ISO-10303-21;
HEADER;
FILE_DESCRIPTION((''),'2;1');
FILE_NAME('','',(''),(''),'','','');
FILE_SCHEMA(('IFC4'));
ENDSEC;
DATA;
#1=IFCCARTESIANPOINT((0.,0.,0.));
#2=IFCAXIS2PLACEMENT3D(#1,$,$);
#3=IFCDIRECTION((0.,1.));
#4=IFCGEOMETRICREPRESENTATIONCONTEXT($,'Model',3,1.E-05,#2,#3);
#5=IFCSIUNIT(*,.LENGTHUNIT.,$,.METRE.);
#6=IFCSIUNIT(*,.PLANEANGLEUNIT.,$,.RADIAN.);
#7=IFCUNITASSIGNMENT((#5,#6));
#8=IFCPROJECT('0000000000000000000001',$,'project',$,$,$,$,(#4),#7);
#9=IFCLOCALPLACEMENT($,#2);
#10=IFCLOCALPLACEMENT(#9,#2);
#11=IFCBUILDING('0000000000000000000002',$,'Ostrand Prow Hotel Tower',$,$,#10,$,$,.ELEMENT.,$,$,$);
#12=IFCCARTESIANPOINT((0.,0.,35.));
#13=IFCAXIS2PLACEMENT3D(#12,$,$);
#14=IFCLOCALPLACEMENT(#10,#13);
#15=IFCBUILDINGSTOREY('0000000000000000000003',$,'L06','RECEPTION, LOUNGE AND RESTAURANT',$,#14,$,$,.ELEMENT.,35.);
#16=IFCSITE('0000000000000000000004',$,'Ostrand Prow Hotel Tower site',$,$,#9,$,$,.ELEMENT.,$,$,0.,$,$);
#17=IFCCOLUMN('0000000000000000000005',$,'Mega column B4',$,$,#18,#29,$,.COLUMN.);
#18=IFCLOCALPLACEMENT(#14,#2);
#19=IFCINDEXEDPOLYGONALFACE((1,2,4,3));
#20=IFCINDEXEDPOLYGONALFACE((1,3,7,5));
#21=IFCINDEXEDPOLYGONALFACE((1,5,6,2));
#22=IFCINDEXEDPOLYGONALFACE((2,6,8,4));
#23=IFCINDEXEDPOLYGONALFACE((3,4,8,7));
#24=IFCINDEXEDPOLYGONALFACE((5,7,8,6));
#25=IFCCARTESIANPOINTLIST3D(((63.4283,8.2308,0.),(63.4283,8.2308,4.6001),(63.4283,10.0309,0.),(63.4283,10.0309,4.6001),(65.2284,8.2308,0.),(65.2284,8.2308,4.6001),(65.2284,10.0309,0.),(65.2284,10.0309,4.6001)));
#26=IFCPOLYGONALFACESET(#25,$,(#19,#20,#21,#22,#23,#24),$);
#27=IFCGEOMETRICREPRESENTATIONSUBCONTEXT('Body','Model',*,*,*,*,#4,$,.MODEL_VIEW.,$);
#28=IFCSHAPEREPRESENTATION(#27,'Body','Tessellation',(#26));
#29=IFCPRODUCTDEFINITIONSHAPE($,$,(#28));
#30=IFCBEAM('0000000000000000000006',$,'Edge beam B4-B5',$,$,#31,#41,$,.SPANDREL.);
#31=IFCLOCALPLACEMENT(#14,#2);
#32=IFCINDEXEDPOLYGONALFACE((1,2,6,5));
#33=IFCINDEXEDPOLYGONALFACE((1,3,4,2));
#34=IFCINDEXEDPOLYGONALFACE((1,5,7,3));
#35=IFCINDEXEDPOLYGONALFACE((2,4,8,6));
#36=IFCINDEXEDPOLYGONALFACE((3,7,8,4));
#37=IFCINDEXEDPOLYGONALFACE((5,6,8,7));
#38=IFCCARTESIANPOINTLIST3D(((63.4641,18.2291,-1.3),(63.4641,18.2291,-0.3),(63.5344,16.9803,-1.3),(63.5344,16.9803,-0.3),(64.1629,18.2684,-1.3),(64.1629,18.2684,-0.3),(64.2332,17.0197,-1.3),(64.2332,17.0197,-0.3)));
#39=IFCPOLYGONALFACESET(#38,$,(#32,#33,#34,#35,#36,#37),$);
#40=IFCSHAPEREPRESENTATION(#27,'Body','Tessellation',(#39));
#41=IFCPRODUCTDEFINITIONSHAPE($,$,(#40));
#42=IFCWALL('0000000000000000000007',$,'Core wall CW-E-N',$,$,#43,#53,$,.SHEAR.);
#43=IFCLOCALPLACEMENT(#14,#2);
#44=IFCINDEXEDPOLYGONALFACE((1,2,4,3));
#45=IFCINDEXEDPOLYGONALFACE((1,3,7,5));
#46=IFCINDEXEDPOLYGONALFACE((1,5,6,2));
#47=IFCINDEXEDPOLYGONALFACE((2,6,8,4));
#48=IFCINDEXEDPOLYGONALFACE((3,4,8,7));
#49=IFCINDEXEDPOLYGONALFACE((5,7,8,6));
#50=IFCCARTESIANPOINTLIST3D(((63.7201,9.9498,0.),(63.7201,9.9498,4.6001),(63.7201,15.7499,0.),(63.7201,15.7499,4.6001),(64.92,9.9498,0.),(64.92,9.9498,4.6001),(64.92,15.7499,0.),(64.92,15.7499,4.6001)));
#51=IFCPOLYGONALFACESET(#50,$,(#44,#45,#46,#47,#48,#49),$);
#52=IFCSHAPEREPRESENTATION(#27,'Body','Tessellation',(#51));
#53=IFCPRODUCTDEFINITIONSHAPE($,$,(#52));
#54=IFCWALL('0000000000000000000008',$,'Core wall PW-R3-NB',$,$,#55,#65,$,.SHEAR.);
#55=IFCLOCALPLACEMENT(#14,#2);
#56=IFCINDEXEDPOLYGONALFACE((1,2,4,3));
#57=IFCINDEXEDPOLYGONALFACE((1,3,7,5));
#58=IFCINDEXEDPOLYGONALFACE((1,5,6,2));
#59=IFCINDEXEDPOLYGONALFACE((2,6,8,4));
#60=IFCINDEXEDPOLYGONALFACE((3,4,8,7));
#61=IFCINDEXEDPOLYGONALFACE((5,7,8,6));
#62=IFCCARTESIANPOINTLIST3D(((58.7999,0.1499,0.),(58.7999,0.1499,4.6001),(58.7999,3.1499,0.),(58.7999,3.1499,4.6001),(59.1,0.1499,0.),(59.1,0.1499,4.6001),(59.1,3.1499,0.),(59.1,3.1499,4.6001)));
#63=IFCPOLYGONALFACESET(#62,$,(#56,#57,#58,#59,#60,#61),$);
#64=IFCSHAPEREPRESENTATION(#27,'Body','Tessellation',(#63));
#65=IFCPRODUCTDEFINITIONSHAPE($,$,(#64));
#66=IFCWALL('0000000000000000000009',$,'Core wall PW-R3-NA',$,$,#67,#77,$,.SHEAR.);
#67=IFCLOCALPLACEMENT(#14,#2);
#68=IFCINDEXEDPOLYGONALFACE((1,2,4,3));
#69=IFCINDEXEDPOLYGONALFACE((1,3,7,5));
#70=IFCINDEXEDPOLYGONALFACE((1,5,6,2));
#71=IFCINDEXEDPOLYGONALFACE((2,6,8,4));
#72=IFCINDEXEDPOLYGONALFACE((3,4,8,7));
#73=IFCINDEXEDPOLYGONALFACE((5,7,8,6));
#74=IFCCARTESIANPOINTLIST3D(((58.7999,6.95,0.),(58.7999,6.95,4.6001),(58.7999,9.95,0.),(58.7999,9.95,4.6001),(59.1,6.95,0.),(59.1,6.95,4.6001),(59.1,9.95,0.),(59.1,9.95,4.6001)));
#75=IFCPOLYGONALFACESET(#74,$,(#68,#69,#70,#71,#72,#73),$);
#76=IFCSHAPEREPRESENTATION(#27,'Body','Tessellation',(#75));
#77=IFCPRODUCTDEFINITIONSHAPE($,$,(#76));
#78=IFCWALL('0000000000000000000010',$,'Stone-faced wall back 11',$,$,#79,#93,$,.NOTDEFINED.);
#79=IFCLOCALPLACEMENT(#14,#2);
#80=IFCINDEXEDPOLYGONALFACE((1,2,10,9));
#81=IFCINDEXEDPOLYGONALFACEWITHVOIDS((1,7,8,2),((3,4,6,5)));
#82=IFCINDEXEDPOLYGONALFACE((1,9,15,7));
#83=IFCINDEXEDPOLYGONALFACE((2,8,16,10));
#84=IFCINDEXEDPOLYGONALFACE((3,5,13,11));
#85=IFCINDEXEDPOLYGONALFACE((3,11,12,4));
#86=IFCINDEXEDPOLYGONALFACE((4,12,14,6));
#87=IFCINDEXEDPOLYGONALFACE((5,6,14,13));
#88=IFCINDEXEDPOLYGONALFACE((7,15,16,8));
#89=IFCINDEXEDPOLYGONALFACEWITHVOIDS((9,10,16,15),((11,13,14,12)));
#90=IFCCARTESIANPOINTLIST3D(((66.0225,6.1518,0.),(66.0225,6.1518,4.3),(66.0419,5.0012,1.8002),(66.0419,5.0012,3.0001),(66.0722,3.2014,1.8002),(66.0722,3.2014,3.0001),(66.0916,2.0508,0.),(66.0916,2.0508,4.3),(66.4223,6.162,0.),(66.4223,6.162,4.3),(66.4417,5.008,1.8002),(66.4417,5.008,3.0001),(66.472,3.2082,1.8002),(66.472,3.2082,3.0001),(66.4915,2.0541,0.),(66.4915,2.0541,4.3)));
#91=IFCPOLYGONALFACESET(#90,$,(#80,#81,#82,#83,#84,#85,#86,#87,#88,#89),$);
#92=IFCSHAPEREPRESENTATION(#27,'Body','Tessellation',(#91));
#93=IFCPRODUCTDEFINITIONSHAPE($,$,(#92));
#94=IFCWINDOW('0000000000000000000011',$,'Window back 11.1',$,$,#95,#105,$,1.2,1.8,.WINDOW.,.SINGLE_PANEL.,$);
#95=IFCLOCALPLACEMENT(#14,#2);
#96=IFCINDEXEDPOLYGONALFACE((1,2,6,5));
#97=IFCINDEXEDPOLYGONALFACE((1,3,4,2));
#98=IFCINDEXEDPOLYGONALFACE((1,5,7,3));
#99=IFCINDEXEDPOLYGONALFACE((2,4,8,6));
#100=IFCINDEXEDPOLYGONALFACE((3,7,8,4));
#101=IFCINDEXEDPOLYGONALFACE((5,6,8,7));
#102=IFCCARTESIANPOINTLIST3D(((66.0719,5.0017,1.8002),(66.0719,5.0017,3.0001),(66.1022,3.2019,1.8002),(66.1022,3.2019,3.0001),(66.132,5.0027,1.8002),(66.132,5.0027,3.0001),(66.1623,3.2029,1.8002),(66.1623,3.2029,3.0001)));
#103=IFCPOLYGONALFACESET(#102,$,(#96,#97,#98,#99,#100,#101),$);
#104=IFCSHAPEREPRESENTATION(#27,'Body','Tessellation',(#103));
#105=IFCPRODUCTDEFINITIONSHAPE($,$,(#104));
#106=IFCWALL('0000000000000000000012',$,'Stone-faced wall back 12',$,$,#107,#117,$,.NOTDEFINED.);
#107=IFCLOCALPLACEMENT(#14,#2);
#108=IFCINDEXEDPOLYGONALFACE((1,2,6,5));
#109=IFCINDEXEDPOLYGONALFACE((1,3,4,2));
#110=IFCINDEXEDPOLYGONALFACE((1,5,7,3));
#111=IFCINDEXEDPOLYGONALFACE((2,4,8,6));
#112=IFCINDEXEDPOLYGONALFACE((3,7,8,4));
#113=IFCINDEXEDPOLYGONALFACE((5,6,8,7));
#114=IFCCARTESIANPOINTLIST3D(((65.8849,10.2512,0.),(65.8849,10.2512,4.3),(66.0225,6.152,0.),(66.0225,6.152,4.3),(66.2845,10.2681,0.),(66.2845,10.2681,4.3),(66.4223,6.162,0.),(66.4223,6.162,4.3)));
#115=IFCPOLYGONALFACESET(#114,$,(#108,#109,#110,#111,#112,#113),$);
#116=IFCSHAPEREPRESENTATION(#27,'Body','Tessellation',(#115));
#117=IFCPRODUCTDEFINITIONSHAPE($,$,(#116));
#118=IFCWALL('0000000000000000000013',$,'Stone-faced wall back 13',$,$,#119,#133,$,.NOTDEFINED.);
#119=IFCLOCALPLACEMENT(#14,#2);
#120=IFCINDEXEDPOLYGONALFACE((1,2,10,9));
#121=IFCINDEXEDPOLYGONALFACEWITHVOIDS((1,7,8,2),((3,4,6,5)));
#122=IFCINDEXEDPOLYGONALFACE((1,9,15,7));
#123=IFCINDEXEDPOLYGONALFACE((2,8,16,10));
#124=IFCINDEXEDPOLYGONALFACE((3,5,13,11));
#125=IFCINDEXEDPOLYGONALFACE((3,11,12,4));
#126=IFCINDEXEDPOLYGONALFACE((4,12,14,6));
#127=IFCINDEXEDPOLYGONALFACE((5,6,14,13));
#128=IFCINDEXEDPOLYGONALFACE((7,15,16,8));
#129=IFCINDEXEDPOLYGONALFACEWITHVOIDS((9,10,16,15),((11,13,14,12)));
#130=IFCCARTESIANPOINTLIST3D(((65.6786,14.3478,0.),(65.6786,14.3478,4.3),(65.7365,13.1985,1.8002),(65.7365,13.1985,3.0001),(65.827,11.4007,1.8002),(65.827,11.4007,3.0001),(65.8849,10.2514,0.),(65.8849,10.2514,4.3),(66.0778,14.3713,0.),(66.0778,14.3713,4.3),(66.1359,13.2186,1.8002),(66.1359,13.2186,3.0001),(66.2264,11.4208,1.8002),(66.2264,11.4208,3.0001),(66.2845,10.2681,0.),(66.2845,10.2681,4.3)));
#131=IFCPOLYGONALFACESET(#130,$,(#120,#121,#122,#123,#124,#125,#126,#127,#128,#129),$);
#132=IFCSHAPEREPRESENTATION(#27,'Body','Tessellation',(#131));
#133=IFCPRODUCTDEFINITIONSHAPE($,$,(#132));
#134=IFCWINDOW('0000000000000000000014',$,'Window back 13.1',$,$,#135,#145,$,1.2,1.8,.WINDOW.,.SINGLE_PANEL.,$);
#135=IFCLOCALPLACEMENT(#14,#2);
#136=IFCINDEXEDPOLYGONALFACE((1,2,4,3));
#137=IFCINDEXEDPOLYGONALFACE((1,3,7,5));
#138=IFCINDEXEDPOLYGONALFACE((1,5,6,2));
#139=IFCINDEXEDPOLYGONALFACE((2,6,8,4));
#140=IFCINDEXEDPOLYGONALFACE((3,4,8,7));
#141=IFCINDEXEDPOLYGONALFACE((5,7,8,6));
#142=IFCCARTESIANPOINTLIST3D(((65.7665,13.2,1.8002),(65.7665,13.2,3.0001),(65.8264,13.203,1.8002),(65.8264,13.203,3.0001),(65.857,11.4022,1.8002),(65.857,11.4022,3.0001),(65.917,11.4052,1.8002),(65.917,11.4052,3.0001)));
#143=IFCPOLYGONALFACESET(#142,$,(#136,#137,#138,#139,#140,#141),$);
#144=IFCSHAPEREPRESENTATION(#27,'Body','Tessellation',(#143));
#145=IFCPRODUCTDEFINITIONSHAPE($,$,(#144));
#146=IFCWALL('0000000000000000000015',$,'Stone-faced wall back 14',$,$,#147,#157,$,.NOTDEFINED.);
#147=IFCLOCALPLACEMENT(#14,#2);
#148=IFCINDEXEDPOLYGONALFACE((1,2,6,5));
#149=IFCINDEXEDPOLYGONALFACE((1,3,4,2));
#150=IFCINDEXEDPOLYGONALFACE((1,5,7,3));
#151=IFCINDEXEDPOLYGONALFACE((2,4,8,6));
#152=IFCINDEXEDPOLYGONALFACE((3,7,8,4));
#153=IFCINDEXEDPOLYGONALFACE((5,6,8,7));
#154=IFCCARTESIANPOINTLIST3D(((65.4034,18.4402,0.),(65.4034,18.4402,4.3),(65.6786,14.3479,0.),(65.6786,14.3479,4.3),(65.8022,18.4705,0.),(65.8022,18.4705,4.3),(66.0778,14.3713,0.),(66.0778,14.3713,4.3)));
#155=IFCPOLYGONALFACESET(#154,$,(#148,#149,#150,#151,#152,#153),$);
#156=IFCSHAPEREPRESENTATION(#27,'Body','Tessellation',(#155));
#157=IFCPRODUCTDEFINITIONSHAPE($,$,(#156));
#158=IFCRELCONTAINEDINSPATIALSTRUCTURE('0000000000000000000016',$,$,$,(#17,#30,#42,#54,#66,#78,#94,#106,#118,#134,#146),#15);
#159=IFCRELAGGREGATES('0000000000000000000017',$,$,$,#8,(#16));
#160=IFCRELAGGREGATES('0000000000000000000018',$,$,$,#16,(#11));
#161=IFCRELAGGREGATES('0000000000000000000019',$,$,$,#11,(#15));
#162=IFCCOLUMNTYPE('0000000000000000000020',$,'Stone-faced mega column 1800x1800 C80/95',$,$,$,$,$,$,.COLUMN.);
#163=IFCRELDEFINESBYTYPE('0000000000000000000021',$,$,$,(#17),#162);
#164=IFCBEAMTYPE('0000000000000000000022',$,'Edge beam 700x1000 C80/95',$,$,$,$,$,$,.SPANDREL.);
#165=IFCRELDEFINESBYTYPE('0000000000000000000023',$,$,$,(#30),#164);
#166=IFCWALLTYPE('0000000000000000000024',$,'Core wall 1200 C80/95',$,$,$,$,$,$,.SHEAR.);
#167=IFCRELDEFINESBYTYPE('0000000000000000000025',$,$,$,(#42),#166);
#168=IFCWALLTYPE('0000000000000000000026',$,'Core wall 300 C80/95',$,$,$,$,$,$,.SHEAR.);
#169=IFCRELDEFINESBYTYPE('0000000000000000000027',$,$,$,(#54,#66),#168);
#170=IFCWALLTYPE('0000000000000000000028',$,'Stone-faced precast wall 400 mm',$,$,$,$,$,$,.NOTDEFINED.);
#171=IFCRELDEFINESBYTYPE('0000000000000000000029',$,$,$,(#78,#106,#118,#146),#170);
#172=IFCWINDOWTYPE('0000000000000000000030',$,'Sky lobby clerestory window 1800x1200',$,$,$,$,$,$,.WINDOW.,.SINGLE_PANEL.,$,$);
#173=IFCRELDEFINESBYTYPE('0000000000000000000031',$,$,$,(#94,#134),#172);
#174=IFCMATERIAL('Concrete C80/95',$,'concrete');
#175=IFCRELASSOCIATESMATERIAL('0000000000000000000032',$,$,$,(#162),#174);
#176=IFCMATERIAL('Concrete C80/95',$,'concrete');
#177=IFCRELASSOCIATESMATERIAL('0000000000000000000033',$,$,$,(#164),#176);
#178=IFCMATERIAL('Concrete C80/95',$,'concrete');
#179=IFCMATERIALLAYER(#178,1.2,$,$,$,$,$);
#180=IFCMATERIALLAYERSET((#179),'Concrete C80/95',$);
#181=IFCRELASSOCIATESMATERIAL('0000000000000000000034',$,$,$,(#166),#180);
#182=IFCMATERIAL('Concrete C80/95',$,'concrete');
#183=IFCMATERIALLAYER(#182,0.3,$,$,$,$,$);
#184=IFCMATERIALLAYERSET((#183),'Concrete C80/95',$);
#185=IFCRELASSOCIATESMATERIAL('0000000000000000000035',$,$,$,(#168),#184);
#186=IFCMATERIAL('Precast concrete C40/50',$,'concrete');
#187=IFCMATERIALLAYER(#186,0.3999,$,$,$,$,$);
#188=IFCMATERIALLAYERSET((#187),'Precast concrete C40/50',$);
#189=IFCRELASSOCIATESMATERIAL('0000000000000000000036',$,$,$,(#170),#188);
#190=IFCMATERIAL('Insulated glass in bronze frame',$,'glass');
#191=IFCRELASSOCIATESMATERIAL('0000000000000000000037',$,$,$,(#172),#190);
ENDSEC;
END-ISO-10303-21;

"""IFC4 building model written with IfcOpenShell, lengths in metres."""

from ifc_helpers import new_model, si_unit, direction, frame, frame_2d, origin, origin_2d, place, context, subcontext, project, spatial, polyline, rectangle, outline, extrude, material, layer, layer_set, material_profile, profile_set, type_object, element, fill, save


model = new_model("IFC4")

# Units and contexts
model_context = context("Model", 3, precision=1e-05, world=origin(), true_north=direction((0.0, 1.0)))
body_context = subcontext(model_context, "Body", "Model", "MODEL_VIEW")
ifc_project = project(units=[si_unit("LENGTHUNIT", "METRE"), si_unit("PLANEANGLEUNIT", "RADIAN")], contexts=[model_context])

# Site, building, storey
site_placement = place(None, origin())
site = spatial("IfcSite", under=ifc_project, at=site_placement, Name="Ostrand Prow Hotel Tower site", CompositionType="ELEMENT", RefElevation=0.0)
building_placement = place(site_placement, origin())
building = spatial("IfcBuilding", under=site, at=building_placement, Name="Ostrand Prow Hotel Tower", CompositionType="ELEMENT")
storey_placement = place(building_placement, frame((0.0, 0.0, 35.0)))
storey = spatial("IfcBuildingStorey", under=building, at=storey_placement, Name="L06", Description="RECEPTION, LOUNGE AND RESTAURANT", CompositionType="ELEMENT", Elevation=35.0)

# Column
ifc_material_1 = material(Name="Concrete C80/95", Category="concrete")
ifc_material_profile_1 = material_profile(ifc_material_1, rectangle(XDim=1.8, YDim=1.8, at=origin_2d()), Name="RC 1800x1800")
ifc_profile_set_1 = profile_set([ifc_material_profile_1], Name="Concrete C80/95")
column_type = type_object("IfcColumnType", Name="Stone-faced mega column 1800x1800 C80/95", PredefinedType="COLUMN", material=ifc_profile_set_1)
column_placement = place(storey_placement, frame((64.3284, 9.1309, 0.0), z_axis=(0.0, 0.0, 1.0), x_axis=(1.0, 0.0, 0.0)))
element("IfcColumn", 1, at=column_placement, inside=storey, type_object=column_type, Name="Mega column B4", PredefinedType="COLUMN", context=body_context, shape_type="SweptSolid", body=[
    extrude(rectangle(XDim=1.8, YDim=1.8, at=origin_2d()), origin(), (0.0, 0.0, 1.0), 4.6001),
])

# Beam
ifc_material_2 = material(Name="Concrete C80/95", Category="concrete")
ifc_material_profile_2 = material_profile(ifc_material_2, rectangle(XDim=0.7, YDim=1.0, at=origin_2d()), Name="RC 700x1000")
ifc_profile_set_2 = profile_set([ifc_material_profile_2], Name="Concrete C80/95")
beam_type = type_object("IfcBeamType", Name="Edge beam 700x1000 C80/95", PredefinedType="SPANDREL", material=ifc_profile_set_2)
beam_placement = place(storey_placement, frame((63.8838, 17.0, -0.8), z_axis=(-0.056216, 0.998419, 0.0), x_axis=(-0.998419, -0.056216, 0.0)))
element("IfcBeam", 2, at=beam_placement, inside=storey, type_object=beam_type, Name="Edge beam B4-B5", PredefinedType="SPANDREL", context=body_context, shape_type="SweptSolid", body=[
    extrude(rectangle(XDim=0.7, YDim=1.0, at=origin_2d()), origin(), (0.0, 0.0, 1.0), 1.2507),
])

# Walls
ifc_material_3 = material(Name="Concrete C80/95", Category="concrete")
ifc_layer_1 = layer(ifc_material_3, 1.2)
ifc_layer_set_1 = layer_set([ifc_layer_1], Name="Concrete C80/95")
wall_type_1 = type_object("IfcWallType", Name="Core wall 1200 C80/95", PredefinedType="SHEAR", material=ifc_layer_set_1)
wall_1_placement = place(storey_placement, frame((64.3201, 9.95, 0.0), z_axis=(0.0, 0.0, 1.0), x_axis=(0.0, 1.0, 0.0)))
element("IfcWall", 3, at=wall_1_placement, inside=storey, type_object=wall_type_1, Name="Core wall CW-E-N", PredefinedType="SHEAR", context=body_context, shape_type="SweptSolid", body=[
    extrude(rectangle(XDim=5.8, YDim=1.2, at=frame_2d((2.8999, 0.0))), origin(), (0.0, 0.0, 1.0), 4.6001),
])
ifc_material_4 = material(Name="Concrete C80/95", Category="concrete")
ifc_layer_2 = layer(ifc_material_4, 0.3)
ifc_layer_set_2 = layer_set([ifc_layer_2], Name="Concrete C80/95")
wall_type_2 = type_object("IfcWallType", Name="Core wall 300 C80/95", PredefinedType="SHEAR", material=ifc_layer_set_2)
for number, where, z_axis, x_axis, name in (
    (4, (58.95, 0.1499, 0.0), (0.0, 0.0, 1.0), (0.0, 1.0, 0.0), "Core wall PW-R3-NB"),
    (5, (58.95, 6.95, 0.0), (0.0, 0.0, 1.0), (0.0, 1.0, 0.0), "Core wall PW-R3-NA"),
):
    element("IfcWall", number, at=place(storey_placement, frame(where, z_axis=z_axis, x_axis=x_axis)), inside=storey, type_object=wall_type_2, Name=name, PredefinedType="SHEAR", context=body_context, shape_type="SweptSolid", body=[
        extrude(rectangle(XDim=3.0, YDim=0.3, at=frame_2d((1.5, 0.0))), origin(), (0.0, 0.0, 1.0), 4.6001),
    ])

# Wall, opening, window
ifc_material_5 = material(Name="Precast concrete C40/50", Category="concrete")
ifc_layer_3 = layer(ifc_material_5, 0.3999)
ifc_layer_set_3 = layer_set([ifc_layer_3], Name="Precast concrete C40/50")
wall_type_3 = type_object("IfcWallType", Name="Stone-faced precast wall 400 mm", PredefinedType="NOTDEFINED", material=ifc_layer_set_3)
wall_2_placement = place(storey_placement, frame((66.2915, 2.0525, 0.0), z_axis=(0.0, 0.0, 1.0), x_axis=(-0.016831, 0.999858, 0.0)))
wall_2 = element("IfcWall", 6, at=wall_2_placement, inside=storey, type_object=wall_type_3, Name="Stone-faced wall back 11", PredefinedType="NOTDEFINED", context=body_context, shape_type="SweptSolid", body=[
    extrude(outline(polyline([(-0.0017, -0.2), (4.1067, -0.2), (4.1033, 0.2), (0.0017, 0.2), (-0.0017, -0.2)])), origin(), (0.0, 0.0, 1.0), 4.3),
])
opening_1_placement = place(wall_2_placement, frame((1.1526, 0.0, 1.8)))
opening_1 = element("IfcOpeningElement", 7, at=opening_1_placement, cuts=wall_2, PredefinedType="OPENING", context=body_context, shape_type="SweptSolid", body=[
    extrude(rectangle(XDim=1.8, YDim=1.2, at=frame_2d((0.8999, 0.6001))), frame((0.0, 0.21, 0.0), z_axis=(0.0, -1.0, 0.0), x_axis=(1.0, 0.0, 0.0)), (0.0, 0.0, 1.0), 0.4199),
])
ifc_material_6 = material(Name="Insulated glass in bronze frame", Category="glass")
window_type = type_object("IfcWindowType", Name="Sky lobby clerestory window 1800x1200", PartitioningType="SINGLE_PANEL", PredefinedType="WINDOW", material=ifc_material_6)
window_1_placement = place(opening_1_placement, origin())
window_1 = element("IfcWindow", 8, at=window_1_placement, inside=storey, type_object=window_type, Name="Window back 11.1", OverallHeight=1.2, OverallWidth=1.8, PartitioningType="SINGLE_PANEL", PredefinedType="WINDOW", context=body_context, shape_type="SweptSolid", body=[
    extrude(rectangle(XDim=1.8, YDim=1.2, at=frame_2d((0.8999, 0.6001))), frame((0.0, 0.1699, 0.0), z_axis=(0.0, -1.0, 0.0), x_axis=(1.0, 0.0, 0.0)), (0.0, 0.0, 1.0), 0.0601),
])
fill(opening_1, window_1)

# Wall
wall_3_placement = place(storey_placement, frame((66.2224, 6.157, 0.0), z_axis=(0.0, 0.0, 1.0), x_axis=(-0.033543, 0.999437, 0.0)))
element("IfcWall", 9, at=wall_3_placement, inside=storey, type_object=wall_type_3, Name="Stone-faced wall back 12", PredefinedType="NOTDEFINED", context=body_context, shape_type="SweptSolid", body=[
    extrude(outline(polyline([(-0.0017, -0.2), (4.1067, -0.2), (4.1033, 0.2), (0.0017, 0.2), (-0.0017, -0.2)])), origin(), (0.0, 0.0, 1.0), 4.3),
])

# Wall, opening, window
wall_4_placement = place(storey_placement, frame((66.0847, 10.2598, 0.0), z_axis=(0.0, 0.0, 1.0), x_axis=(-0.050314, 0.998733, 0.0)))
wall_4 = element("IfcWall", 10, at=wall_4_placement, inside=storey, type_object=wall_type_3, Name="Stone-faced wall back 13", PredefinedType="NOTDEFINED", context=body_context, shape_type="SweptSolid", body=[
    extrude(outline(polyline([(-0.0017, -0.2), (4.1067, -0.2), (4.1033, 0.2), (0.0017, 0.2), (-0.0017, -0.2)])), origin(), (0.0, 0.0, 1.0), 4.3),
])
opening_2_placement = place(wall_4_placement, frame((1.1526, 0.0, 1.8)))
opening_2 = element("IfcOpeningElement", 11, at=opening_2_placement, cuts=wall_4, PredefinedType="OPENING", context=body_context, shape_type="SweptSolid", body=[
    extrude(rectangle(XDim=1.8, YDim=1.2, at=frame_2d((0.8999, 0.6001))), frame((0.0, 0.21, 0.0), z_axis=(0.0, -1.0, 0.0), x_axis=(1.0, 0.0, 0.0)), (0.0, 0.0, 1.0), 0.4199),
])
window_2_placement = place(opening_2_placement, origin())
window_2 = element("IfcWindow", 12, at=window_2_placement, inside=storey, type_object=window_type, Name="Window back 13.1", OverallHeight=1.2, OverallWidth=1.8, PartitioningType="SINGLE_PANEL", PredefinedType="WINDOW", context=body_context, shape_type="SweptSolid", body=[
    extrude(rectangle(XDim=1.8, YDim=1.2, at=frame_2d((0.8999, 0.6001))), frame((0.0, 0.1699, 0.0), z_axis=(0.0, -1.0, 0.0), x_axis=(1.0, 0.0, 0.0)), (0.0, 0.0, 1.0), 0.0601),
])
fill(opening_2, window_2)

# Wall
wall_5_placement = place(storey_placement, frame((65.8782, 14.3596, 0.0), z_axis=(0.0, 0.0, 1.0), x_axis=(-0.067087, 0.997747, 0.0)))
element("IfcWall", 13, at=wall_5_placement, inside=storey, type_object=wall_type_3, Name="Stone-faced wall back 14", PredefinedType="NOTDEFINED", context=body_context, shape_type="SweptSolid", body=[
    extrude(outline(polyline([(-0.0017, -0.2), (4.1067, -0.2), (4.1033, 0.2), (0.0017, 0.2), (-0.0017, -0.2)])), origin(), (0.0, 0.0, 1.0), 4.3),
])

save(model, "model.ifc")
